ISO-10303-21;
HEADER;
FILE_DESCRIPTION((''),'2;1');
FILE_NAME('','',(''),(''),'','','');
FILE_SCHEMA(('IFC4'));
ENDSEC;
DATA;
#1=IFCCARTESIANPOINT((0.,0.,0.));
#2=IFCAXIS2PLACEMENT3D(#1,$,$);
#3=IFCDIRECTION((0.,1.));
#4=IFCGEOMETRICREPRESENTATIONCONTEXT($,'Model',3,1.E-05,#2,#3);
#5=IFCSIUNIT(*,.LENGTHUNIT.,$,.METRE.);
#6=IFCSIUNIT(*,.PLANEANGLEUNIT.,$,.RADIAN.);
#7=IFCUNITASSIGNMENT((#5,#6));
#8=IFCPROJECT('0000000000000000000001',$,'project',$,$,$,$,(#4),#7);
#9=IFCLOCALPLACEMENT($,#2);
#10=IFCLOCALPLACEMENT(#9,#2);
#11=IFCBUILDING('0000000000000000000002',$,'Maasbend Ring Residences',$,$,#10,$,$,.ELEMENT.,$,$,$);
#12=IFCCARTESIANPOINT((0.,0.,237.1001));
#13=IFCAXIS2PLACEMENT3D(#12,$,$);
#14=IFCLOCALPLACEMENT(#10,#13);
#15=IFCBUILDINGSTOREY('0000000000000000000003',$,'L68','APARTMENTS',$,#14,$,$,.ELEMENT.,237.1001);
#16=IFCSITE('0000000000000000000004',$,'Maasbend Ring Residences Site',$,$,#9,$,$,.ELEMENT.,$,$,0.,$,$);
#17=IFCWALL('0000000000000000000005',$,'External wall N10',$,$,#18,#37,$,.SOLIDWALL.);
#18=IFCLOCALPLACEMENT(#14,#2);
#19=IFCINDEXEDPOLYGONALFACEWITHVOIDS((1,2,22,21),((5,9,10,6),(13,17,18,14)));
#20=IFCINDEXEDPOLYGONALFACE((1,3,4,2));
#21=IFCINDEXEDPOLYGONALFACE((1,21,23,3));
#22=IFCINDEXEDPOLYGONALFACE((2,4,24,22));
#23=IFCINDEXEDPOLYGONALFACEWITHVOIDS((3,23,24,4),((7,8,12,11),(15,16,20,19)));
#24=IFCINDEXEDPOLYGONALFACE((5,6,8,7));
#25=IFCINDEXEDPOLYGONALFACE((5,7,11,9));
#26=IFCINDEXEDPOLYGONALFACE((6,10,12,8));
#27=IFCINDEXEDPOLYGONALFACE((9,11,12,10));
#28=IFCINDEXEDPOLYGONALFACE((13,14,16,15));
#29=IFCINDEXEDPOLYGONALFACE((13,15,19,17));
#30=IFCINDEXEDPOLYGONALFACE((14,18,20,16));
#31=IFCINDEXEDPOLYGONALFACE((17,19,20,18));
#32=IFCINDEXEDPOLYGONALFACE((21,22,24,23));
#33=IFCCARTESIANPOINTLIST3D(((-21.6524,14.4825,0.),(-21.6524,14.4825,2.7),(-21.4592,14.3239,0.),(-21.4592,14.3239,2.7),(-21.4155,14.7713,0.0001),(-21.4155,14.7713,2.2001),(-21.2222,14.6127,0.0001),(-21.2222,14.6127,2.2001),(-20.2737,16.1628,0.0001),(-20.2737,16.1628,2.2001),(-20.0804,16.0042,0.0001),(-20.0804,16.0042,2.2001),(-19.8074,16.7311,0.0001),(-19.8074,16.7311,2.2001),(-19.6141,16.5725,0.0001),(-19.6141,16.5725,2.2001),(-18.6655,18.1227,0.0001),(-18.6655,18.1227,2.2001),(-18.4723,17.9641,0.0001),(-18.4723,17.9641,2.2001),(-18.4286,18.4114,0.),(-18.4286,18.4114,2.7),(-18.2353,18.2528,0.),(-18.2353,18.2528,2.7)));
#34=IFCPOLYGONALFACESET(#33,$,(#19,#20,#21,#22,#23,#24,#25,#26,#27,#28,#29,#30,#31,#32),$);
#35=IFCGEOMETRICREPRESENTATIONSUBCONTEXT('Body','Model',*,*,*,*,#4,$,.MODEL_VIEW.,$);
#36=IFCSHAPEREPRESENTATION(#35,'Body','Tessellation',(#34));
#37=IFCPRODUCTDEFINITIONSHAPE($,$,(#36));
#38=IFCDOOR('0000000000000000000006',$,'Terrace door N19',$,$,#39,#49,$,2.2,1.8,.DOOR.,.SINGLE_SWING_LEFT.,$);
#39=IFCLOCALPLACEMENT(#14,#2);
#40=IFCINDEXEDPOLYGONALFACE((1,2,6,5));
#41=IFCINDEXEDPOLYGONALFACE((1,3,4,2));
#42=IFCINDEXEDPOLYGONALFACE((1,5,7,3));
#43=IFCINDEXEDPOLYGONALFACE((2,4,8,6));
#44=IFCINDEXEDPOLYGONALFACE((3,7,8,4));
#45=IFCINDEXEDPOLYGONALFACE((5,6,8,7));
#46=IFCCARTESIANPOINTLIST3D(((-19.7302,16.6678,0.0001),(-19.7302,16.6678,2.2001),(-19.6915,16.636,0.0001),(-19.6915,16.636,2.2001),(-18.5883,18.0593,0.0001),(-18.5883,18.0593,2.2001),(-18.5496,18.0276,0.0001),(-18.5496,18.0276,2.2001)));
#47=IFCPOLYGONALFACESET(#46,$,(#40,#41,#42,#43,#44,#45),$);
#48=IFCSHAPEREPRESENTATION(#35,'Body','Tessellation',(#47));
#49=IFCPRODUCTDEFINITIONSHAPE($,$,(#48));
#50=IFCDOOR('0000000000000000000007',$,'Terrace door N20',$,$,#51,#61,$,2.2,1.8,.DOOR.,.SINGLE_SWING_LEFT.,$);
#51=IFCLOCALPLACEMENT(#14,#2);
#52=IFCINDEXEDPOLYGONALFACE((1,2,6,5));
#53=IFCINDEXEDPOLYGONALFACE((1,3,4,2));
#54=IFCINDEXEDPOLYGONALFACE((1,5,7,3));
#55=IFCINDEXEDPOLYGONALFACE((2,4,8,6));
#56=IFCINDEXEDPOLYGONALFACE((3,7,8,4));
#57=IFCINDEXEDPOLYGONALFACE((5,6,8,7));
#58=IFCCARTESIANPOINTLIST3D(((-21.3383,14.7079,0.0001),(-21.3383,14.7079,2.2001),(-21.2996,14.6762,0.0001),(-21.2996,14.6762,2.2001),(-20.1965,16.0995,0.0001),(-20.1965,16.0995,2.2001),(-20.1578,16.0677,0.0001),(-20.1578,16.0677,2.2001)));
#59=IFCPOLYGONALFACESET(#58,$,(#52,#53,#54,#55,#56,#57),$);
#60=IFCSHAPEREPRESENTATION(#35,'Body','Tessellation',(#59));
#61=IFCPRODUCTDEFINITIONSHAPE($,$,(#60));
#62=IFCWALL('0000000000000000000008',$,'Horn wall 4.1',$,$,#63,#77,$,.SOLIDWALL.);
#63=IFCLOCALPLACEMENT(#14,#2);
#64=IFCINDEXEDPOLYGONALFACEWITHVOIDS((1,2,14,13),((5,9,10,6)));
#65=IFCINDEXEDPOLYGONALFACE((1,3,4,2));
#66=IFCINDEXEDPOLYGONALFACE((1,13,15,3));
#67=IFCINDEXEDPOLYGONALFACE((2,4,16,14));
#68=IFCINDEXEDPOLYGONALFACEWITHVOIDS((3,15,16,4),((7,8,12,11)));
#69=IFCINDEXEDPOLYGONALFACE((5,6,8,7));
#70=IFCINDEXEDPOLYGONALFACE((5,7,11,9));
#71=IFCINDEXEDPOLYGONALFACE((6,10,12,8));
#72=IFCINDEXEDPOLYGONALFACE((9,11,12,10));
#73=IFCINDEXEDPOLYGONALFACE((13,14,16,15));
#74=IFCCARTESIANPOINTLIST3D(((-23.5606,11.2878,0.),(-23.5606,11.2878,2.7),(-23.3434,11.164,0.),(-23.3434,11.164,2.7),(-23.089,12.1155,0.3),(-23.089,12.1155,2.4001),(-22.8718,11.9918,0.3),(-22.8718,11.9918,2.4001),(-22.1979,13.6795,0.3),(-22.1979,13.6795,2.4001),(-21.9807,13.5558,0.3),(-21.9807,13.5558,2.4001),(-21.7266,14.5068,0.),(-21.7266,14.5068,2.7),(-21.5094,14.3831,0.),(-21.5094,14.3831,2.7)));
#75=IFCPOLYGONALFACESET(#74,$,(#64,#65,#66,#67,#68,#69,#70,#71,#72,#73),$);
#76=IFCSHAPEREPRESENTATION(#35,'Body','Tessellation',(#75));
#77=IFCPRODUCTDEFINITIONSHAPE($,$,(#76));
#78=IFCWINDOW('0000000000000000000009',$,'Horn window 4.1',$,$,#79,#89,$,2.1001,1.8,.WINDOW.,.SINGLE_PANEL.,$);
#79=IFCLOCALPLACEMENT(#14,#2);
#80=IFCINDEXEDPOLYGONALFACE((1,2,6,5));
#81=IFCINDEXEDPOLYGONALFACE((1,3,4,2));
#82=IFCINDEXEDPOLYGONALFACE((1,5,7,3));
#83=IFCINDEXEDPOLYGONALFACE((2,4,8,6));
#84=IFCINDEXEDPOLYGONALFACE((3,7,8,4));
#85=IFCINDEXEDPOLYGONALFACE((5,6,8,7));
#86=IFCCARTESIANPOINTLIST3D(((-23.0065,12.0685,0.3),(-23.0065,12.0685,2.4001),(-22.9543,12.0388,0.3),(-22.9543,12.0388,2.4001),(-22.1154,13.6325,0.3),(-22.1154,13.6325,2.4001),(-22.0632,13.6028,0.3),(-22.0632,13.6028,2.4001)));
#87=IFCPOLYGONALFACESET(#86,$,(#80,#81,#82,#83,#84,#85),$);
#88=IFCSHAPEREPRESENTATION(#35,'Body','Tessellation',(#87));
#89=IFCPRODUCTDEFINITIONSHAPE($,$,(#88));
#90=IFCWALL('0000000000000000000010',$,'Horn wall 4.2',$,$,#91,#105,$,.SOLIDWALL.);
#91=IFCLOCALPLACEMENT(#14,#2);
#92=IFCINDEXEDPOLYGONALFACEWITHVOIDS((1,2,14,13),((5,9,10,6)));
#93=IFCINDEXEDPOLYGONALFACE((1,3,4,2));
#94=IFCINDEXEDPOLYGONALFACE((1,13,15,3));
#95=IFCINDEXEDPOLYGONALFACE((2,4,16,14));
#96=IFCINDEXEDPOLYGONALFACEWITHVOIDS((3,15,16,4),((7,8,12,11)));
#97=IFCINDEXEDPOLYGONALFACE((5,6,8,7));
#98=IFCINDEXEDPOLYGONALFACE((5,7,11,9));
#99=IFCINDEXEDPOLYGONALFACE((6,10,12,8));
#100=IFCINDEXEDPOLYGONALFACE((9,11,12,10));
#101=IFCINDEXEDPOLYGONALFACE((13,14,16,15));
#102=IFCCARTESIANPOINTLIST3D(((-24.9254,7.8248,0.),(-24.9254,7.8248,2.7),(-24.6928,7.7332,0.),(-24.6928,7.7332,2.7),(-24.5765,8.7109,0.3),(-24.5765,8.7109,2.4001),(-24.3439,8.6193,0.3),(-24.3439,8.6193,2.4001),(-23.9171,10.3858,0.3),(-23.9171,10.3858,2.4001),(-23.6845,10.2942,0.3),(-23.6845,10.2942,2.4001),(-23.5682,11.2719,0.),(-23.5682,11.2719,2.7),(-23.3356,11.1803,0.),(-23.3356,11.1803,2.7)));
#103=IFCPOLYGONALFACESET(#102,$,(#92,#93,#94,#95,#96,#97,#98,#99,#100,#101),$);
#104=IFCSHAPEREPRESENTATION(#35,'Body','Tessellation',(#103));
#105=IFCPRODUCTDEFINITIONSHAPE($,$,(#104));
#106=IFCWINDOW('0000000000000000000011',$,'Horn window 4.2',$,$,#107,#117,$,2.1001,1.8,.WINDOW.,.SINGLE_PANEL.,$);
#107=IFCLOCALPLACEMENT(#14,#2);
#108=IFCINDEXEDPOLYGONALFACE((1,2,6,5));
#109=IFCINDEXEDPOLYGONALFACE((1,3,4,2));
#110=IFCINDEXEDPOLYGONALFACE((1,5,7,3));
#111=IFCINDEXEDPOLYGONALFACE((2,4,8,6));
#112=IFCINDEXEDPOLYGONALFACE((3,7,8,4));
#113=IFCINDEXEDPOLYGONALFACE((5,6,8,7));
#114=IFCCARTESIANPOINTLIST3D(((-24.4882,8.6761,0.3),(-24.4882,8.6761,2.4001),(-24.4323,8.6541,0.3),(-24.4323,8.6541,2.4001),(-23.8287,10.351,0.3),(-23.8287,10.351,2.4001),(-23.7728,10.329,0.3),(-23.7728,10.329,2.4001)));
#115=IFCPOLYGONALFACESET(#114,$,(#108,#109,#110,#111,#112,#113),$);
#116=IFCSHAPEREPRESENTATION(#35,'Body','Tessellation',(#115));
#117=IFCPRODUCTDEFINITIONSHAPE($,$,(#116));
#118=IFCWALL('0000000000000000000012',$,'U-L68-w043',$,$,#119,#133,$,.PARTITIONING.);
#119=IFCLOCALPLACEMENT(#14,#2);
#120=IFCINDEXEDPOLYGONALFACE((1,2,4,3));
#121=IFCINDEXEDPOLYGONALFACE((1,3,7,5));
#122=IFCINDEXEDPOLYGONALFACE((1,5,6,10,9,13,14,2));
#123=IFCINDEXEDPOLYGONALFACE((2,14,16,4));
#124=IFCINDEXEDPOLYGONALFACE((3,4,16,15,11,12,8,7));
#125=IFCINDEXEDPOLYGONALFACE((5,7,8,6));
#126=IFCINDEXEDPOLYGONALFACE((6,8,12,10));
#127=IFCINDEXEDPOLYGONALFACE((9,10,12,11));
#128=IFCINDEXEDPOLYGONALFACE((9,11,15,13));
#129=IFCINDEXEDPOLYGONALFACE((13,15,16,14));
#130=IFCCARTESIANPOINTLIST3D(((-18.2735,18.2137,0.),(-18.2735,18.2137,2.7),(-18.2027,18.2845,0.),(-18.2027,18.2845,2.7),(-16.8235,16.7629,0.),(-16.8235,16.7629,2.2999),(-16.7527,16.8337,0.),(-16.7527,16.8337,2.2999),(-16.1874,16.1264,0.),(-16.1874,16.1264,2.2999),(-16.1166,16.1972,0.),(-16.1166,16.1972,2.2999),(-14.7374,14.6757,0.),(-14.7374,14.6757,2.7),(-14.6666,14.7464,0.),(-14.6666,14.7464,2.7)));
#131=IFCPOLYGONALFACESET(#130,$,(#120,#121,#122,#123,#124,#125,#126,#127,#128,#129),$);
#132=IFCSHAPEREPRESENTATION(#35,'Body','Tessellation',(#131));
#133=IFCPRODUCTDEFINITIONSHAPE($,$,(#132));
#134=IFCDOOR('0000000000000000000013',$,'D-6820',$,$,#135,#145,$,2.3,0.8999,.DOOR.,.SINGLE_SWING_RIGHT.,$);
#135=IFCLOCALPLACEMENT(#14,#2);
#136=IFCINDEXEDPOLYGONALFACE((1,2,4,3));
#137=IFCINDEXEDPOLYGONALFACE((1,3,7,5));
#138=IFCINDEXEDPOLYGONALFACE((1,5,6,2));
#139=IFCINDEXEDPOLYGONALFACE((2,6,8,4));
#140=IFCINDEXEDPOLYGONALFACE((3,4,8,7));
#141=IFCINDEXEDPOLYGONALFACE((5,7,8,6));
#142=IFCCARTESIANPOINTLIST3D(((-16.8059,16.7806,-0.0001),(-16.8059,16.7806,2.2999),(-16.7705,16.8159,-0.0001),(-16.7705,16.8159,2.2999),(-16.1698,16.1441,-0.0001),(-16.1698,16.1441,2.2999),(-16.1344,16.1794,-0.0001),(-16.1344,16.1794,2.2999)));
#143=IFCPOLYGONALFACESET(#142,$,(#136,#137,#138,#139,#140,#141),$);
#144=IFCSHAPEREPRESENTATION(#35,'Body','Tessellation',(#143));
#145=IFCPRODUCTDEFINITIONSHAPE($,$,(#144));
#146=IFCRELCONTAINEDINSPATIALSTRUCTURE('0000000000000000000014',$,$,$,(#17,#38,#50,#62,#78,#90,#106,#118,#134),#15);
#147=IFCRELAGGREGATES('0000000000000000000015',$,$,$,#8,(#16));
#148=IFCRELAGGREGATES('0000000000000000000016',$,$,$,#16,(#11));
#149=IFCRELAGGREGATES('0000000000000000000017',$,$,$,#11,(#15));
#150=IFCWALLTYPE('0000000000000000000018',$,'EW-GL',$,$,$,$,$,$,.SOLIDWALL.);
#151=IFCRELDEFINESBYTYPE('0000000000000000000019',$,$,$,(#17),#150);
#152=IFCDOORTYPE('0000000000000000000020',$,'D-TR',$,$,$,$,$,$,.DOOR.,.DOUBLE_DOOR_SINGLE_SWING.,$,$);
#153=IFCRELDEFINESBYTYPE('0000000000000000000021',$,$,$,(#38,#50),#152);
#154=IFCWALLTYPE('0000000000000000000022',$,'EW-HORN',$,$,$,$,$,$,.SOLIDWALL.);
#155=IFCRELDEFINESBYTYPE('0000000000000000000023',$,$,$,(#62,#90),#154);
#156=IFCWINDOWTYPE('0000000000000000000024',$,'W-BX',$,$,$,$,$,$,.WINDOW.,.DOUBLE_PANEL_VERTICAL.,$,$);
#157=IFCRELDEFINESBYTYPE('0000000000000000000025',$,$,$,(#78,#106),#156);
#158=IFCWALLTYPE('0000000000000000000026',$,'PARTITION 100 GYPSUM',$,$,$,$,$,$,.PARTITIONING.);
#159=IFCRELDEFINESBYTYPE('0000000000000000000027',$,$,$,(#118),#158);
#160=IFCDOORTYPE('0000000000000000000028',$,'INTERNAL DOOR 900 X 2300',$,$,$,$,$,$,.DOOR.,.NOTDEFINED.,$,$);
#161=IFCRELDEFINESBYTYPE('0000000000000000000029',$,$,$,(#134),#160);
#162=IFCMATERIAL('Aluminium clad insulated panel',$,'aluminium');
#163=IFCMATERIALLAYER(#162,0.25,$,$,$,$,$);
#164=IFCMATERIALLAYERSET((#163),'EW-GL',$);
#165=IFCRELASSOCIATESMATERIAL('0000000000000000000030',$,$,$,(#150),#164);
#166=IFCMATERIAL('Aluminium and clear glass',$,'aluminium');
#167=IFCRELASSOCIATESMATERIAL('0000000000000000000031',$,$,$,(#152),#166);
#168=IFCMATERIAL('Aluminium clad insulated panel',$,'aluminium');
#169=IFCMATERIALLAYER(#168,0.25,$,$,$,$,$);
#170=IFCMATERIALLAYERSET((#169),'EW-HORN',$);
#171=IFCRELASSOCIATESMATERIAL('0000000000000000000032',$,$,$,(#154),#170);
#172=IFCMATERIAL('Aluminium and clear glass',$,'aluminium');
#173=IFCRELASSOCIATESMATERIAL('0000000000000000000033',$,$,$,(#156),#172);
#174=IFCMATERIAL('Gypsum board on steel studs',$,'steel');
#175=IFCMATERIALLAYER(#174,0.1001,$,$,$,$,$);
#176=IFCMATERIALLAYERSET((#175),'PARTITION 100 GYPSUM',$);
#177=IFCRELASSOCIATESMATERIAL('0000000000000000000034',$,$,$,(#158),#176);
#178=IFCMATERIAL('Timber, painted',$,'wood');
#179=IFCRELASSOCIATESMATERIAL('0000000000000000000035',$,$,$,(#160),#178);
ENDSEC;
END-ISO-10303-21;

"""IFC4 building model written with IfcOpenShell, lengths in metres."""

from ifc_helpers import new_model, si_unit, direction, frame, frame_2d, origin, place, context, subcontext, project, spatial, rectangle, extrude, material, layer, layer_set, type_object, element, fill, save


model = new_model("IFC4")

# Units and contexts
model_context = context("Model", 3, precision=1e-05, world=origin(), true_north=direction((0.0, 1.0)))
body_context = subcontext(model_context, "Body", "Model", "MODEL_VIEW")
ifc_project = project(units=[si_unit("LENGTHUNIT", "METRE"), si_unit("PLANEANGLEUNIT", "RADIAN")], contexts=[model_context])

# Site, building, storey
site_placement = place(None, origin())
site = spatial("IfcSite", under=ifc_project, at=site_placement, Name="Maasbend Ring Residences Site", CompositionType="ELEMENT", RefElevation=0.0)
building_placement = place(site_placement, origin())
building = spatial("IfcBuilding", under=site, at=building_placement, Name="Maasbend Ring Residences", CompositionType="ELEMENT")
storey_placement = place(building_placement, frame((0.0, 0.0, 237.1001)))
storey = spatial("IfcBuildingStorey", under=building, at=storey_placement, Name="L68", Description="APARTMENTS", CompositionType="ELEMENT", Elevation=237.1001)

# Wall, openings, doors
ifc_material_1 = material(Name="Aluminium clad insulated panel", Category="aluminium")
ifc_layer_1 = layer(ifc_material_1, 0.25)
ifc_layer_set_1 = layer_set([ifc_layer_1], Name="EW-GL")
wall_type_1 = type_object("IfcWallType", Name="EW-GL", PredefinedType="SOLIDWALL", material=ifc_layer_set_1)
wall_1_placement = place(storey_placement, frame((-18.332, 18.332, 0.0), z_axis=(0.0, 0.0, 1.0), x_axis=(-0.634331, -0.773062, 0.0)))
wall_1 = element("IfcWall", 1, at=wall_1_placement, inside=storey, type_object=wall_type_1, Name="External wall N10", PredefinedType="SOLIDWALL", context=body_context, shape_type="SweptSolid", body=[
    extrude(rectangle(XDim=5.0823, YDim=0.25, at=frame_2d((2.541, 0.0))), origin(), (0.0, 0.0, 1.0), 2.7),
])
opening_1_placement = place(wall_1_placement, frame((0.3735, 0.0, 0.0)))
opening_1 = element("IfcOpeningElement", 2, at=opening_1_placement, cuts=wall_1, PredefinedType="OPENING", context=body_context, shape_type="SweptSolid", body=[
    extrude(rectangle(XDim=1.8, YDim=2.2, at=frame_2d((0.8999, 1.1001))), frame((0.0, 0.135, 0.0), z_axis=(0.0, -1.0, 0.0), x_axis=(1.0, 0.0, 0.0)), (0.0, 0.0, 1.0), 0.27),
])
opening_2_placement = place(wall_1_placement, frame((2.9087, 0.0, 0.0)))
opening_2 = element("IfcOpeningElement", 3, at=opening_2_placement, cuts=wall_1, PredefinedType="OPENING", context=body_context, shape_type="SweptSolid", body=[
    extrude(rectangle(XDim=1.8, YDim=2.2, at=frame_2d((0.8999, 1.1001))), frame((0.0, 0.135, 0.0), z_axis=(0.0, -1.0, 0.0), x_axis=(1.0, 0.0, 0.0)), (0.0, 0.0, 1.0), 0.27),
])
ifc_material_2 = material(Name="Aluminium and clear glass", Category="aluminium")
door_type_1 = type_object("IfcDoorType", Name="D-TR", OperationType="DOUBLE_DOOR_SINGLE_SWING", PredefinedType="DOOR", material=ifc_material_2)
door_1_placement = place(opening_1_placement, origin())
door_1 = element("IfcDoor", 4, at=door_1_placement, inside=storey, type_object=door_type_1, Name="Terrace door N19", OperationType="SINGLE_SWING_LEFT", OverallHeight=2.2, OverallWidth=1.8, PredefinedType="DOOR", context=body_context, shape_type="SweptSolid", body=[
    extrude(rectangle(XDim=1.8, YDim=2.2, at=frame_2d((0.8999, 1.1001))), frame((0.0, 0.0249, 0.0), z_axis=(0.0, -1.0, 0.0), x_axis=(1.0, 0.0, 0.0)), (0.0, 0.0, 1.0), 0.05),
])
fill(opening_1, door_1)
door_2_placement = place(opening_2_placement, origin())
door_2 = element("IfcDoor", 5, at=door_2_placement, inside=storey, type_object=door_type_1, Name="Terrace door N20", OperationType="SINGLE_SWING_LEFT", OverallHeight=2.2, OverallWidth=1.8, PredefinedType="DOOR", context=body_context, shape_type="SweptSolid", body=[
    extrude(rectangle(XDim=1.8, YDim=2.2, at=frame_2d((0.8999, 1.1001))), frame((0.0, 0.0249, 0.0), z_axis=(0.0, -1.0, 0.0), x_axis=(1.0, 0.0, 0.0)), (0.0, 0.0, 1.0), 0.05),
])
fill(opening_2, door_2)

# Walls, openings, windows
ifc_material_3 = material(Name="Aluminium clad insulated panel", Category="aluminium")
ifc_layer_2 = layer(ifc_material_3, 0.25)
ifc_layer_set_2 = layer_set([ifc_layer_2], Name="EW-HORN")
wall_type_2 = type_object("IfcWallType", Name="EW-HORN", PredefinedType="SOLIDWALL", material=ifc_layer_set_2)
wall_2_placement = place(storey_placement, frame((-21.6179, 14.4451, 0.0), z_axis=(0.0, 0.0, 1.0), x_axis=(-0.495031, -0.868875, 0.0)))
wall_2 = element("IfcWall", 6, at=wall_2_placement, inside=storey, type_object=wall_type_2, Name="Horn wall 4.1", PredefinedType="SOLIDWALL", context=body_context, shape_type="SweptSolid", body=[
    extrude(rectangle(XDim=3.7048, YDim=0.25, at=frame_2d((1.8525, 0.0))), origin(), (0.0, 0.0, 1.0), 2.7),
])
opening_3_placement = place(wall_2_placement, frame((0.9524, 0.0, 0.3)))
opening_3 = element("IfcOpeningElement", 7, at=opening_3_placement, cuts=wall_2, PredefinedType="OPENING", context=body_context, shape_type="SweptSolid", body=[
    extrude(rectangle(XDim=1.8, YDim=2.1001, at=frame_2d((0.8999, 1.05))), frame((0.0, 0.135, 0.0), z_axis=(0.0, -1.0, 0.0), x_axis=(1.0, 0.0, 0.0)), (0.0, 0.0, 1.0), 0.27),
])
ifc_material_4 = material(Name="Aluminium and clear glass", Category="aluminium")
window_type = type_object("IfcWindowType", Name="W-BX", PartitioningType="DOUBLE_PANEL_VERTICAL", PredefinedType="WINDOW", material=ifc_material_4)
window_1_placement = place(opening_3_placement, origin())
window_1 = element("IfcWindow", 8, at=window_1_placement, inside=storey, type_object=window_type, Name="Horn window 4.1", OverallHeight=2.1001, OverallWidth=1.8, PartitioningType="SINGLE_PANEL", PredefinedType="WINDOW", context=body_context, shape_type="SweptSolid", body=[
    extrude(rectangle(XDim=1.8, YDim=2.1001, at=frame_2d((0.8999, 1.05))), frame((0.0, 0.03, 0.0), z_axis=(0.0, -1.0, 0.0), x_axis=(1.0, 0.0, 0.0)), (0.0, 0.0, 1.0), 0.0601),
])
fill(opening_3, window_1)
wall_3_placement = place(storey_placement, frame((-23.4519, 11.2261, 0.0), z_axis=(0.0, 0.0, 1.0), x_axis=(-0.366352, -0.930476, 0.0)))
wall_3 = element("IfcWall", 9, at=wall_3_placement, inside=storey, type_object=wall_type_2, Name="Horn wall 4.2", PredefinedType="SOLIDWALL", context=body_context, shape_type="SweptSolid", body=[
    extrude(rectangle(XDim=3.7046, YDim=0.25, at=frame_2d((1.8523, 0.0))), origin(), (0.0, 0.0, 1.0), 2.7),
])
opening_4_placement = place(wall_3_placement, frame((0.9524, 0.0, 0.3)))
opening_4 = element("IfcOpeningElement", 10, at=opening_4_placement, cuts=wall_3, PredefinedType="OPENING", context=body_context, shape_type="SweptSolid", body=[
    extrude(rectangle(XDim=1.8, YDim=2.1001, at=frame_2d((0.8999, 1.05))), frame((0.0, 0.135, 0.0), z_axis=(0.0, -1.0, 0.0), x_axis=(1.0, 0.0, 0.0)), (0.0, 0.0, 1.0), 0.27),
])
window_2_placement = place(opening_4_placement, origin())
window_2 = element("IfcWindow", 11, at=window_2_placement, inside=storey, type_object=window_type, Name="Horn window 4.2", OverallHeight=2.1001, OverallWidth=1.8, PartitioningType="SINGLE_PANEL", PredefinedType="WINDOW", context=body_context, shape_type="SweptSolid", body=[
    extrude(rectangle(XDim=1.8, YDim=2.1001, at=frame_2d((0.8999, 1.05))), frame((0.0, 0.03, 0.0), z_axis=(0.0, -1.0, 0.0), x_axis=(1.0, 0.0, 0.0)), (0.0, 0.0, 1.0), 0.0601),
])
fill(opening_4, window_2)

# Wall, opening, door
ifc_material_5 = material(Name="Gypsum board on steel studs", Category="steel")
ifc_layer_3 = layer(ifc_material_5, 0.1001)
ifc_layer_set_3 = layer_set([ifc_layer_3], Name="PARTITION 100 GYPSUM")
wall_type_3 = type_object("IfcWallType", Name="PARTITION 100 GYPSUM", PredefinedType="PARTITIONING", material=ifc_layer_set_3)
wall_4_placement = place(storey_placement, frame((-18.238, 18.249, 0.0), z_axis=(0.0, 0.0, 1.0), x_axis=(0.706912, -0.707302, 0.0)))
wall_4 = element("IfcWall", 12, at=wall_4_placement, inside=storey, type_object=wall_type_3, Name="U-L68-w043", PredefinedType="PARTITIONING", context=body_context, shape_type="SweptSolid", body=[
    extrude(rectangle(XDim=5.0022, YDim=0.1001, at=frame_2d((2.501, 0.0))), origin(), (0.0, 0.0, 1.0), 2.7),
])
opening_5_placement = place(wall_4_placement, frame((2.051, 0.0, 0.0)))
opening_5 = element("IfcOpeningElement", 13, at=opening_5_placement, cuts=wall_4, PredefinedType="OPENING", context=body_context, shape_type="SweptSolid", body=[
    extrude(rectangle(XDim=0.8999, YDim=2.3, at=frame_2d((0.45, 1.1499))), frame((0.0, 0.0601, 0.0), z_axis=(0.0, -1.0, 0.0), x_axis=(1.0, 0.0, 0.0)), (0.0, 0.0, 1.0), 0.1201),
])
ifc_material_6 = material(Name="Timber, painted", Category="wood")
door_type_2 = type_object("IfcDoorType", Name="INTERNAL DOOR 900 X 2300", OperationType="NOTDEFINED", PredefinedType="DOOR", material=ifc_material_6)
door_3_placement = place(opening_5_placement, origin())
door_3 = element("IfcDoor", 14, at=door_3_placement, inside=storey, type_object=door_type_2, Name="D-6820", OperationType="SINGLE_SWING_RIGHT", OverallHeight=2.3, OverallWidth=0.8999, PredefinedType="DOOR", context=body_context, shape_type="SweptSolid", body=[
    extrude(rectangle(XDim=0.8999, YDim=2.3, at=frame_2d((0.45, 1.1499))), frame((0.0, 0.0249, 0.0), z_axis=(0.0, -1.0, 0.0), x_axis=(1.0, 0.0, 0.0)), (0.0, 0.0, 1.0), 0.05),
])
fill(opening_5, door_3)

save(model, "model.ifc")
